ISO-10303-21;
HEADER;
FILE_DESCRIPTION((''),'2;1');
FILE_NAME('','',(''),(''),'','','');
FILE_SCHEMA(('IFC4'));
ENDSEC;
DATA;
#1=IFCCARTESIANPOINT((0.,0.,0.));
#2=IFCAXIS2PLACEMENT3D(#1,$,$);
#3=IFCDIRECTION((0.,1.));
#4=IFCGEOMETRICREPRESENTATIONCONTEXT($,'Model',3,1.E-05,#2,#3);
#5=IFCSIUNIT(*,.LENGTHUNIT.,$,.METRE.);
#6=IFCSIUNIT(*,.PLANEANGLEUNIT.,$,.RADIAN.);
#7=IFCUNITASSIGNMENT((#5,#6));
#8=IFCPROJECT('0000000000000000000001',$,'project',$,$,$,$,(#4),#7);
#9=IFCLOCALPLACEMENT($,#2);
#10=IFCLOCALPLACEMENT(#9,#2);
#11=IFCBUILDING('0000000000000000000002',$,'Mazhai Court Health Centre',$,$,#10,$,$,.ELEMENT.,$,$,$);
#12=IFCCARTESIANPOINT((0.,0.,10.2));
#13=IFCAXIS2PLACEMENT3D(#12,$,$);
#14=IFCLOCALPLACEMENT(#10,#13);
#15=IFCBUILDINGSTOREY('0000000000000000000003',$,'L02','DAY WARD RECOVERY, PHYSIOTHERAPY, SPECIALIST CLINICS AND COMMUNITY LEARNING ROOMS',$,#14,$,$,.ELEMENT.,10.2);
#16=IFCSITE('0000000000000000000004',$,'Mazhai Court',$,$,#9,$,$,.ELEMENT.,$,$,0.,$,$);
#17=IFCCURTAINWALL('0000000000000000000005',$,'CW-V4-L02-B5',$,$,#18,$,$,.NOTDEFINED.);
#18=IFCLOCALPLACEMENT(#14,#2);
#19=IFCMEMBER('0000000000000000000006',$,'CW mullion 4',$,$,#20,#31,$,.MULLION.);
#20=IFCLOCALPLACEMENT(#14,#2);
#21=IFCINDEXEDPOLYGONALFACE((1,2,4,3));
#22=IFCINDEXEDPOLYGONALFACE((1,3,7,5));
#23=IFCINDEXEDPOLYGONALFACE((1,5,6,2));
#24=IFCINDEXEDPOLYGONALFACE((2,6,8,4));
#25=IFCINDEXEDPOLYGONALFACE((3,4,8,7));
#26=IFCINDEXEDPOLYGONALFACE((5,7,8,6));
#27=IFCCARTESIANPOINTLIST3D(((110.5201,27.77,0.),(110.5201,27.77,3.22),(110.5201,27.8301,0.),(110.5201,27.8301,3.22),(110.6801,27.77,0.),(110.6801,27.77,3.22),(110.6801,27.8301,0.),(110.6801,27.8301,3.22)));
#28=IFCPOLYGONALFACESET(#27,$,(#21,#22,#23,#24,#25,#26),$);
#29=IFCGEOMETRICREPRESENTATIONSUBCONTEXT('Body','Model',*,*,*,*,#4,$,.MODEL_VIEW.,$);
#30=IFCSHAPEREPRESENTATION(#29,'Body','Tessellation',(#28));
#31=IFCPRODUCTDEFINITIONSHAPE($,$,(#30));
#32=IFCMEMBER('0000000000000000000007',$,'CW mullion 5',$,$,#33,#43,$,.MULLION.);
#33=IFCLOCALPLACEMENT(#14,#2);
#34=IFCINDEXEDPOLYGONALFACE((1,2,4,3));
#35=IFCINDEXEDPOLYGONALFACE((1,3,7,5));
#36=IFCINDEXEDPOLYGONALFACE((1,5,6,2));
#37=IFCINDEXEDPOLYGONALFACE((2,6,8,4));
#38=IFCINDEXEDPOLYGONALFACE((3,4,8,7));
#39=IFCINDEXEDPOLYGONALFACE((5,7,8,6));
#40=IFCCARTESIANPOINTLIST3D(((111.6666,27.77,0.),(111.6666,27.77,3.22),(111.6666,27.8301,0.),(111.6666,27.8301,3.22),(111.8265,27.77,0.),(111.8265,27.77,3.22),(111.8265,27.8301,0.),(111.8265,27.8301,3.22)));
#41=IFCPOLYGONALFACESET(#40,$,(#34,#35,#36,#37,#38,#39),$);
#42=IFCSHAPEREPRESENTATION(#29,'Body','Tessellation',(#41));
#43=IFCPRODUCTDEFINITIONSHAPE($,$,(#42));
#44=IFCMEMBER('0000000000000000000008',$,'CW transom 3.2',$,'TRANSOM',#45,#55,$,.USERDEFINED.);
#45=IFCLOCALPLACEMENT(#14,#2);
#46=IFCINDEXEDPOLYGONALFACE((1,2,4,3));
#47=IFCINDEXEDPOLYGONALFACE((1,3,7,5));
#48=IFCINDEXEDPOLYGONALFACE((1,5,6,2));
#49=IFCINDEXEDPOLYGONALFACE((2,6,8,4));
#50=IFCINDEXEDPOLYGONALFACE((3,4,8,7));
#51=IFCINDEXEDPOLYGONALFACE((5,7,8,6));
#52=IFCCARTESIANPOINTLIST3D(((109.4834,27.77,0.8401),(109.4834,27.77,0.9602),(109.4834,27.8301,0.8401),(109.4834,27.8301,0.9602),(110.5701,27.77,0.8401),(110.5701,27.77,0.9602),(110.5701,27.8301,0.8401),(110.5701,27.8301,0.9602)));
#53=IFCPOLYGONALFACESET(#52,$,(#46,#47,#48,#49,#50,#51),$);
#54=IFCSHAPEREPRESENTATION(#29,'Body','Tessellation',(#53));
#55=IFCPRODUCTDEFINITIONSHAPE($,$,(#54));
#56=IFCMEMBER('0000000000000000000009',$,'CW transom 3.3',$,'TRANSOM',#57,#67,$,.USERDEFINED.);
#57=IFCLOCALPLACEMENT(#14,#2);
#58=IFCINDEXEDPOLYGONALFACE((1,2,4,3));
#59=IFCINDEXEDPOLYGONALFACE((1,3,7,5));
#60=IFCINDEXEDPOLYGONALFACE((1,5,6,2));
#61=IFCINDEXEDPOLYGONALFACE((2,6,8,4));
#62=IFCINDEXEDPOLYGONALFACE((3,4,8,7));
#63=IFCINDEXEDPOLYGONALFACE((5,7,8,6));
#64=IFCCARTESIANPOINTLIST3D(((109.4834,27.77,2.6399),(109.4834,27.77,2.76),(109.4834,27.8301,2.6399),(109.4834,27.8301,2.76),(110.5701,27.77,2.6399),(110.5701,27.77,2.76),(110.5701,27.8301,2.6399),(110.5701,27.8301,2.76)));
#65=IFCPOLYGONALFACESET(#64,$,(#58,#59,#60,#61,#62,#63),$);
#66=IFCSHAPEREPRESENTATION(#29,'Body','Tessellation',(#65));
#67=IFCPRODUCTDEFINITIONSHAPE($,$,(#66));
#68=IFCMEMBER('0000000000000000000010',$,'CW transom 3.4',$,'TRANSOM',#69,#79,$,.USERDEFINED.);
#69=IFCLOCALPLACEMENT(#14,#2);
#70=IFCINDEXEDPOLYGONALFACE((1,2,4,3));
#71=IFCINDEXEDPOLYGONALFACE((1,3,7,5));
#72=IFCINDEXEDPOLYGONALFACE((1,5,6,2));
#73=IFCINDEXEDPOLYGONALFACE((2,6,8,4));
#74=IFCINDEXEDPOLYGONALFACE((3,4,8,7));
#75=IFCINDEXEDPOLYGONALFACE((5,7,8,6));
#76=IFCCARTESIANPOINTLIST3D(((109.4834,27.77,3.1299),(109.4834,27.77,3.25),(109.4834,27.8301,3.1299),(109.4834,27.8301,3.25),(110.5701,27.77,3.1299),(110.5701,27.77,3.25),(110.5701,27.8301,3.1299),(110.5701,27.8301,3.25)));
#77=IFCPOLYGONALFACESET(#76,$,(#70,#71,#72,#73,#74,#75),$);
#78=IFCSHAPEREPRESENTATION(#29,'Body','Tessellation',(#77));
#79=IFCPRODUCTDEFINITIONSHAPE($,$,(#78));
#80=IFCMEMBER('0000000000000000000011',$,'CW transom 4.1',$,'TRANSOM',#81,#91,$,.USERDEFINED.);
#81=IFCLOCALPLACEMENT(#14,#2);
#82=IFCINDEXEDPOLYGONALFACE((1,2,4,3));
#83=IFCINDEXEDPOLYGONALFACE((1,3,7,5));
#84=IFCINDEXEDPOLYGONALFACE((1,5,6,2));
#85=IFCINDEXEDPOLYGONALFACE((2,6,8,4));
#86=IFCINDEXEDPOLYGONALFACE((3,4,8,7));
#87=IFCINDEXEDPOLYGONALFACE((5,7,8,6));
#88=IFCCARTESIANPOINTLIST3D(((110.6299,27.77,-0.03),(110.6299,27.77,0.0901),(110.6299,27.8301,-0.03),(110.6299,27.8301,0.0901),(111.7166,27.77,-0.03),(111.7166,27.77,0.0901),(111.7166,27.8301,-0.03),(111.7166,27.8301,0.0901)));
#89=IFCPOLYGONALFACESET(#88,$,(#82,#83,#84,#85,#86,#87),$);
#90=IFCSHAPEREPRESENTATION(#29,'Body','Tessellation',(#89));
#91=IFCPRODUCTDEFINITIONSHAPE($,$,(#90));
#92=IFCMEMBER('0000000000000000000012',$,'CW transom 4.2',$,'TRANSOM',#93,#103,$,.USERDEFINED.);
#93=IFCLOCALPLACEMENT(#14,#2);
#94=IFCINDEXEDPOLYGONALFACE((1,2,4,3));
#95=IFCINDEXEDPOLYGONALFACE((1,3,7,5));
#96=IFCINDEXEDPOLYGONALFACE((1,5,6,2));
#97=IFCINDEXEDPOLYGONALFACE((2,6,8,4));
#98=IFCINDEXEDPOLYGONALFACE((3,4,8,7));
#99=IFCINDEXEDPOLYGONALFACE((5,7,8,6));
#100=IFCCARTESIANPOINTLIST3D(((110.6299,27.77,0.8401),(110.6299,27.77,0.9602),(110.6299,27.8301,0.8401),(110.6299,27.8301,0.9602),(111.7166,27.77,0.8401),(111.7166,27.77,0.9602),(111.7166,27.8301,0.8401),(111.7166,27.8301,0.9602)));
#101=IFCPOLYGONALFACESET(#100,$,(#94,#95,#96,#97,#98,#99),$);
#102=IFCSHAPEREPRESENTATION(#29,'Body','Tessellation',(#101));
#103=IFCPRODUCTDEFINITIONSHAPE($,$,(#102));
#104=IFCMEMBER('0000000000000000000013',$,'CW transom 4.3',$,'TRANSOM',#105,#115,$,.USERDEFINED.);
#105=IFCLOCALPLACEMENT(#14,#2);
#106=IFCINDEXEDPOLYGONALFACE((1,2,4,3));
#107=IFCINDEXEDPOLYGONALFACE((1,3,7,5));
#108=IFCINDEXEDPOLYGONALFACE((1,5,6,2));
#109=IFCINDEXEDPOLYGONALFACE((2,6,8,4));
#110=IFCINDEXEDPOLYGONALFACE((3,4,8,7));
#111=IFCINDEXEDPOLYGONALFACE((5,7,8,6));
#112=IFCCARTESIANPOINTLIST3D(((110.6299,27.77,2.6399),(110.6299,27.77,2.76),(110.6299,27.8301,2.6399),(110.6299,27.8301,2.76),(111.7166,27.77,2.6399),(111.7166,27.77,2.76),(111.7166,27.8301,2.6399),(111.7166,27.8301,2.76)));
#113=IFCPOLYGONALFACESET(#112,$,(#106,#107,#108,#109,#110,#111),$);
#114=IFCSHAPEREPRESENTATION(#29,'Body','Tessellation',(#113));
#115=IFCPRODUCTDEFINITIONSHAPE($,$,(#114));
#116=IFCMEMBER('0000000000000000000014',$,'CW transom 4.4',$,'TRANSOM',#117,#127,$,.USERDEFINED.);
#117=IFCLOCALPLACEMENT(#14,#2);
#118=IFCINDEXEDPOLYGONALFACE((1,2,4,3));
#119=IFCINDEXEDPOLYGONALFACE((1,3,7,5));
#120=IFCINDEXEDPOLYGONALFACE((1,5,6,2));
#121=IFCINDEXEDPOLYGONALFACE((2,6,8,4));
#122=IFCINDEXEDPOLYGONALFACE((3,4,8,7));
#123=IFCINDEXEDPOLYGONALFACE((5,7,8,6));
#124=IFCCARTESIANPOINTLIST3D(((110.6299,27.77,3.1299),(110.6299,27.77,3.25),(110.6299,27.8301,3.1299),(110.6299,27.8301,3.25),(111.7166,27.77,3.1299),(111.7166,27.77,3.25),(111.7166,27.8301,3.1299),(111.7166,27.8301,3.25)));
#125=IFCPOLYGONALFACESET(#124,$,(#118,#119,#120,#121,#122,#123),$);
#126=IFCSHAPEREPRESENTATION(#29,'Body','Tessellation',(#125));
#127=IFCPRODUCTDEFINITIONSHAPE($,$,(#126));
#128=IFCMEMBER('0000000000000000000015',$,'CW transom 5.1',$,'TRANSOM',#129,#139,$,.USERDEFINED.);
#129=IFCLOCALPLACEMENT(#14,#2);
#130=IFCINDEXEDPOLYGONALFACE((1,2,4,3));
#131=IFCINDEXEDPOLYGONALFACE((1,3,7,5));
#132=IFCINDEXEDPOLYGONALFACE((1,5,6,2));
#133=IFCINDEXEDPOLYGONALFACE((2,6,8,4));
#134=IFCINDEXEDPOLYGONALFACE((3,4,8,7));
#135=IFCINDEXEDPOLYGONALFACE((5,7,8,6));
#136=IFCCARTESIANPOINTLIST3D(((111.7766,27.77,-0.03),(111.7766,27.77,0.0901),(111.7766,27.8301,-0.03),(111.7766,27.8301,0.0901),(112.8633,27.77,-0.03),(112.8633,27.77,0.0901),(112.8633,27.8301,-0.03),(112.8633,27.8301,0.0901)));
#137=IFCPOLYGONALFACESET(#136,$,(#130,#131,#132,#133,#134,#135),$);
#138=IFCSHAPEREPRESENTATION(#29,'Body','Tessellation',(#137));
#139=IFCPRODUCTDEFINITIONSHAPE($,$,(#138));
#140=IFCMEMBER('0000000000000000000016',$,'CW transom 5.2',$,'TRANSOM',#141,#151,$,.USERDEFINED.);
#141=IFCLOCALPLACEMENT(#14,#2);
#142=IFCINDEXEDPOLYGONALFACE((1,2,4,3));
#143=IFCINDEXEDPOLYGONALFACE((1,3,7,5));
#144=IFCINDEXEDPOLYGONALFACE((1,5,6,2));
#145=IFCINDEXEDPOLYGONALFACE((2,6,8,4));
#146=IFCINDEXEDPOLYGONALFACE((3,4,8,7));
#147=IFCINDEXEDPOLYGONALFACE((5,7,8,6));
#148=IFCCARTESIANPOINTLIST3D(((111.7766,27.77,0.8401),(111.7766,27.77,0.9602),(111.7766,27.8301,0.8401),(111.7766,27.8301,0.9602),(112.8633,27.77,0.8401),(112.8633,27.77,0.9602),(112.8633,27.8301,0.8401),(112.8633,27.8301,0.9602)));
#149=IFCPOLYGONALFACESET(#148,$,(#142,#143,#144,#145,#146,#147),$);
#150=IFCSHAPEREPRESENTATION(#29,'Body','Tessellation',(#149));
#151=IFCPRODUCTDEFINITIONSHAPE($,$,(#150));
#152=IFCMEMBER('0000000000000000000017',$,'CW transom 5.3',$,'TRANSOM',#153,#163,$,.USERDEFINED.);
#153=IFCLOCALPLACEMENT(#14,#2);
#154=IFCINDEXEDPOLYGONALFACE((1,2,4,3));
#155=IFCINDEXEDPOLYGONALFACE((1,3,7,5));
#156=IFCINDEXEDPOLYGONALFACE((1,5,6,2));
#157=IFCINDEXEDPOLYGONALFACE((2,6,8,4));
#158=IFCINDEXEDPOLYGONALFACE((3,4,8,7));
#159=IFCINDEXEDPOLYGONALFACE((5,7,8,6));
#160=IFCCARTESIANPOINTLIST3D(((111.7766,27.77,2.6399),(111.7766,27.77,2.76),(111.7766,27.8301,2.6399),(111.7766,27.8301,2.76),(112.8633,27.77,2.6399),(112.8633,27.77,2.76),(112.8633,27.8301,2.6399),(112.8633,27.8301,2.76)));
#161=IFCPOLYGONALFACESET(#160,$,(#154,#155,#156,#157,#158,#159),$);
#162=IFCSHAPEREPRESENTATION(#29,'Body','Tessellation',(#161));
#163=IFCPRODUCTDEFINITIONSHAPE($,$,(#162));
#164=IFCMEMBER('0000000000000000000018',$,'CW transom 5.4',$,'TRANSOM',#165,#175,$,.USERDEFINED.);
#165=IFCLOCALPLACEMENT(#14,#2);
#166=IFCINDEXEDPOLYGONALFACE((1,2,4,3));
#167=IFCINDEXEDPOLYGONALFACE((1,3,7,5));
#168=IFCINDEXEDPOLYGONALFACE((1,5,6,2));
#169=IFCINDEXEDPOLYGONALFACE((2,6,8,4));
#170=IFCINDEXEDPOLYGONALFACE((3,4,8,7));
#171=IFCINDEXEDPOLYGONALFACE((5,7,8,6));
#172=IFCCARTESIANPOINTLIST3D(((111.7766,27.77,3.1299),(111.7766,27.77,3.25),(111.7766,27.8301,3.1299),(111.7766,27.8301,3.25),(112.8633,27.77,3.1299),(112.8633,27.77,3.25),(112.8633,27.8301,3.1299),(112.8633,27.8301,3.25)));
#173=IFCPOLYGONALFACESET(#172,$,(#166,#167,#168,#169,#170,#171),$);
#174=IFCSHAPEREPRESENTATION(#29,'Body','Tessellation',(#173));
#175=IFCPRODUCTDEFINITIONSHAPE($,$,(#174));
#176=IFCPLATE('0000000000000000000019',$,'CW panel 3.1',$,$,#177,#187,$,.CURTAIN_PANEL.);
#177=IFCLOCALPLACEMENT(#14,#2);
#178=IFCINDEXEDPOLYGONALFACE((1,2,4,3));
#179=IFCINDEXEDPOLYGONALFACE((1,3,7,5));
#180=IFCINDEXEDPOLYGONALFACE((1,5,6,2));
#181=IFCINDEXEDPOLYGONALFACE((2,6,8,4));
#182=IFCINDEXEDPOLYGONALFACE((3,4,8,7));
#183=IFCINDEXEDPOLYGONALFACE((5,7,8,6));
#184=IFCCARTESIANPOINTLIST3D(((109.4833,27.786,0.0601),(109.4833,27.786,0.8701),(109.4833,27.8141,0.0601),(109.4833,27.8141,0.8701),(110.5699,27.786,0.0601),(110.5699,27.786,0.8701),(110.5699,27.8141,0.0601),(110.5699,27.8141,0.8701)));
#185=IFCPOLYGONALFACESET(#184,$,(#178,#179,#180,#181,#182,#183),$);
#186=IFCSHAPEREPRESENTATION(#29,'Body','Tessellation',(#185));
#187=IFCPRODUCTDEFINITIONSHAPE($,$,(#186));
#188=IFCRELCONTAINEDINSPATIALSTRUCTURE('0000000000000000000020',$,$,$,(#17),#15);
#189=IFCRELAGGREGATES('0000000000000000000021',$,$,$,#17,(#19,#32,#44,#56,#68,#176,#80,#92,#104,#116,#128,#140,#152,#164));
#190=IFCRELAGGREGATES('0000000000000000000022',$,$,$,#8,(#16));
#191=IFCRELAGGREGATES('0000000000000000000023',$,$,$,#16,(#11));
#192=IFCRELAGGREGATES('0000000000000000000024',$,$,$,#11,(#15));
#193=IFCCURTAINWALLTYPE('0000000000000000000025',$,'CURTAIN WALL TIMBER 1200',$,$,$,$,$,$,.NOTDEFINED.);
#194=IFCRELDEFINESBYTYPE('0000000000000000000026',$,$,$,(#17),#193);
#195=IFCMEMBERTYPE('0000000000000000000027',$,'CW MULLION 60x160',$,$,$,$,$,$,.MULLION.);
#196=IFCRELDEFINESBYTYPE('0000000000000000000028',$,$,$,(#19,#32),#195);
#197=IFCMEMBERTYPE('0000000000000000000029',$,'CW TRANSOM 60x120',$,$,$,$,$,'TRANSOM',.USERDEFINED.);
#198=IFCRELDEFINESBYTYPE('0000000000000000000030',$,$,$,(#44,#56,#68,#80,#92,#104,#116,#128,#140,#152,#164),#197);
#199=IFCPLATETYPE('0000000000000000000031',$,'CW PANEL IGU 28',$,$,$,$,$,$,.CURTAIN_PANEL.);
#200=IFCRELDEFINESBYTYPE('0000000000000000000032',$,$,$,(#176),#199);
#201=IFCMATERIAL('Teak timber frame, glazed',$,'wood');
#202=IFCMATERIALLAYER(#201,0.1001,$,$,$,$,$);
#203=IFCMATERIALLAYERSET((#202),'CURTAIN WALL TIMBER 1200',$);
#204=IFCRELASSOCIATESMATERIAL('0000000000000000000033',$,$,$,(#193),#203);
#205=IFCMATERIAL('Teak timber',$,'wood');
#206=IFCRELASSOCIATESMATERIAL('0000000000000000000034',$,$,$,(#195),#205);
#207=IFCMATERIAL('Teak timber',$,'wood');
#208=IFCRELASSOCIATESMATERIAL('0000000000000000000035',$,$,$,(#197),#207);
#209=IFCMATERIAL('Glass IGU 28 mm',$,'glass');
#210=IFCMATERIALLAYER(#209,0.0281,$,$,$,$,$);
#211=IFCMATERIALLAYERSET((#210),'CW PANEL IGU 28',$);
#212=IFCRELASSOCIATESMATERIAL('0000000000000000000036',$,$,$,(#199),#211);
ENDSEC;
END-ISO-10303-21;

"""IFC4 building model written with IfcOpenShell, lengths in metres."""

from ifc_helpers import new_model, si_unit, direction, frame, origin, origin_2d, place, context, subcontext, project, spatial, rectangle, extrude, material, layer, layer_set, material_profile, profile_set, type_object, element, aggregate, save


model = new_model("IFC4")

# Units and contexts
model_context = context("Model", 3, precision=1e-05, world=origin(), true_north=direction((0.0, 1.0)))
body_context = subcontext(model_context, "Body", "Model", "MODEL_VIEW")
ifc_project = project(units=[si_unit("LENGTHUNIT", "METRE"), si_unit("PLANEANGLEUNIT", "RADIAN")], contexts=[model_context])

# Site, building, storey
site_placement = place(None, origin())
site = spatial("IfcSite", under=ifc_project, at=site_placement, Name="Mazhai Court", CompositionType="ELEMENT", RefElevation=0.0)
building_placement = place(site_placement, origin())
building = spatial("IfcBuilding", under=site, at=building_placement, Name="Mazhai Court Health Centre", CompositionType="ELEMENT")
storey_placement = place(building_placement, frame((0.0, 0.0, 10.2)))
storey = spatial("IfcBuildingStorey", under=building, at=storey_placement, Name="L02", Description="DAY WARD RECOVERY, PHYSIOTHERAPY, SPECIALIST CLINICS AND COMMUNITY LEARNING ROOMS", CompositionType="ELEMENT", Elevation=10.2)

# Curtain wall, members, plate
ifc_material_1 = material(Name="Teak timber frame, glazed", Category="wood")
ifc_layer_1 = layer(ifc_material_1, 0.1001)
ifc_layer_set_1 = layer_set([ifc_layer_1], Name="CURTAIN WALL TIMBER 1200")
curtain_wall_type = type_object("IfcCurtainWallType", Name="CURTAIN WALL TIMBER 1200", PredefinedType="NOTDEFINED", material=ifc_layer_set_1)
curtain_wall_placement = place(storey_placement, origin())
curtain_wall = element("IfcCurtainWall", 1, at=curtain_wall_placement, inside=storey, type_object=curtain_wall_type, Name="CW-V4-L02-B5", PredefinedType="NOTDEFINED")
ifc_material_2 = material(Name="Teak timber", Category="wood")
ifc_material_profile_1 = material_profile(ifc_material_2, rectangle(XDim=0.0601, YDim=0.1599, at=origin_2d()), Name="CW MULLION 60x160")
ifc_profile_set_1 = profile_set([ifc_material_profile_1], Name="Teak timber")
member_type_1 = type_object("IfcMemberType", Name="CW MULLION 60x160", PredefinedType="MULLION", material=ifc_profile_set_1)
member_1_placement = place(storey_placement, frame((110.6001, 27.8, 0.0), z_axis=(0.0, 0.0, 1.0), x_axis=(0.0, 1.0, 0.0)))
member_1 = element("IfcMember", 2, at=member_1_placement, type_object=member_type_1, Name="CW mullion 4", PredefinedType="MULLION", context=body_context, shape_type="SweptSolid", body=[
    extrude(rectangle(XDim=0.0601, YDim=0.1599, at=origin_2d()), origin(), (0.0, 0.0, 1.0), 3.22),
])
member_2_placement = place(storey_placement, frame((111.7466, 27.8, 0.0), z_axis=(0.0, 0.0, 1.0), x_axis=(0.0, 1.0, 0.0)))
member_2 = element("IfcMember", 3, at=member_2_placement, type_object=member_type_1, Name="CW mullion 5", PredefinedType="MULLION", context=body_context, shape_type="SweptSolid", body=[
    extrude(rectangle(XDim=0.0601, YDim=0.1599, at=origin_2d()), origin(), (0.0, 0.0, 1.0), 3.22),
])
ifc_material_3 = material(Name="Teak timber", Category="wood")
ifc_material_profile_2 = material_profile(ifc_material_3, rectangle(XDim=0.0601, YDim=0.1201, at=origin_2d()), Name="CW TRANSOM 60x120")
ifc_profile_set_2 = profile_set([ifc_material_profile_2], Name="Teak timber")
member_type_2 = type_object("IfcMemberType", Name="CW TRANSOM 60x120", ElementType="TRANSOM", PredefinedType="USERDEFINED", material=ifc_profile_set_2)
member_3_placement = place(storey_placement, frame((109.4834, 27.8, 0.9001), z_axis=(1.0, 0.0, 0.0), x_axis=(0.0, 1.0, 0.0)))
member_3 = element("IfcMember", 4, at=member_3_placement, type_object=member_type_2, Name="CW transom 3.2", ObjectType="TRANSOM", PredefinedType="USERDEFINED", context=body_context, shape_type="SweptSolid", body=[
    extrude(rectangle(XDim=0.0601, YDim=0.1201, at=origin_2d()), origin(), (0.0, 0.0, 1.0), 1.0867),
])
member_4_placement = place(storey_placement, frame((109.4834, 27.8, 2.7), z_axis=(1.0, 0.0, 0.0), x_axis=(0.0, 1.0, 0.0)))
member_4 = element("IfcMember", 5, at=member_4_placement, type_object=member_type_2, Name="CW transom 3.3", ObjectType="TRANSOM", PredefinedType="USERDEFINED", context=body_context, shape_type="SweptSolid", body=[
    extrude(rectangle(XDim=0.0601, YDim=0.1201, at=origin_2d()), origin(), (0.0, 0.0, 1.0), 1.0867),
])
member_5_placement = place(storey_placement, frame((109.4834, 27.8, 3.1899), z_axis=(1.0, 0.0, 0.0), x_axis=(0.0, 1.0, 0.0)))
member_5 = element("IfcMember", 6, at=member_5_placement, type_object=member_type_2, Name="CW transom 3.4", ObjectType="TRANSOM", PredefinedType="USERDEFINED", context=body_context, shape_type="SweptSolid", body=[
    extrude(rectangle(XDim=0.0601, YDim=0.1201, at=origin_2d()), origin(), (0.0, 0.0, 1.0), 1.0867),
])
member_6_placement = place(storey_placement, frame((110.6299, 27.8, 0.03), z_axis=(1.0, 0.0, 0.0), x_axis=(0.0, 1.0, 0.0)))
member_6 = element("IfcMember", 7, at=member_6_placement, type_object=member_type_2, Name="CW transom 4.1", ObjectType="TRANSOM", PredefinedType="USERDEFINED", context=body_context, shape_type="SweptSolid", body=[
    extrude(rectangle(XDim=0.0601, YDim=0.1201, at=origin_2d()), origin(), (0.0, 0.0, 1.0), 1.0867),
])
member_7_placement = place(storey_placement, frame((110.6299, 27.8, 0.9001), z_axis=(1.0, 0.0, 0.0), x_axis=(0.0, 1.0, 0.0)))
member_7 = element("IfcMember", 8, at=member_7_placement, type_object=member_type_2, Name="CW transom 4.2", ObjectType="TRANSOM", PredefinedType="USERDEFINED", context=body_context, shape_type="SweptSolid", body=[
    extrude(rectangle(XDim=0.0601, YDim=0.1201, at=origin_2d()), origin(), (0.0, 0.0, 1.0), 1.0867),
])
member_8_placement = place(storey_placement, frame((110.6299, 27.8, 2.7), z_axis=(1.0, 0.0, 0.0), x_axis=(0.0, 1.0, 0.0)))
member_8 = element("IfcMember", 9, at=member_8_placement, type_object=member_type_2, Name="CW transom 4.3", ObjectType="TRANSOM", PredefinedType="USERDEFINED", context=body_context, shape_type="SweptSolid", body=[
    extrude(rectangle(XDim=0.0601, YDim=0.1201, at=origin_2d()), origin(), (0.0, 0.0, 1.0), 1.0867),
])
member_9_placement = place(storey_placement, frame((110.6299, 27.8, 3.1899), z_axis=(1.0, 0.0, 0.0), x_axis=(0.0, 1.0, 0.0)))
member_9 = element("IfcMember", 10, at=member_9_placement, type_object=member_type_2, Name="CW transom 4.4", ObjectType="TRANSOM", PredefinedType="USERDEFINED", context=body_context, shape_type="SweptSolid", body=[
    extrude(rectangle(XDim=0.0601, YDim=0.1201, at=origin_2d()), origin(), (0.0, 0.0, 1.0), 1.0867),
])
member_10_placement = place(storey_placement, frame((111.7766, 27.8, 0.03), z_axis=(1.0, 0.0, 0.0), x_axis=(0.0, 1.0, 0.0)))
member_10 = element("IfcMember", 11, at=member_10_placement, type_object=member_type_2, Name="CW transom 5.1", ObjectType="TRANSOM", PredefinedType="USERDEFINED", context=body_context, shape_type="SweptSolid", body=[
    extrude(rectangle(XDim=0.0601, YDim=0.1201, at=origin_2d()), origin(), (0.0, 0.0, 1.0), 1.0867),
])
member_11_placement = place(storey_placement, frame((111.7766, 27.8, 0.9001), z_axis=(1.0, 0.0, 0.0), x_axis=(0.0, 1.0, 0.0)))
member_11 = element("IfcMember", 12, at=member_11_placement, type_object=member_type_2, Name="CW transom 5.2", ObjectType="TRANSOM", PredefinedType="USERDEFINED", context=body_context, shape_type="SweptSolid", body=[
    extrude(rectangle(XDim=0.0601, YDim=0.1201, at=origin_2d()), origin(), (0.0, 0.0, 1.0), 1.0867),
])
member_12_placement = place(storey_placement, frame((111.7766, 27.8, 2.7), z_axis=(1.0, 0.0, 0.0), x_axis=(0.0, 1.0, 0.0)))
member_12 = element("IfcMember", 13, at=member_12_placement, type_object=member_type_2, Name="CW transom 5.3", ObjectType="TRANSOM", PredefinedType="USERDEFINED", context=body_context, shape_type="SweptSolid", body=[
    extrude(rectangle(XDim=0.0601, YDim=0.1201, at=origin_2d()), origin(), (0.0, 0.0, 1.0), 1.0867),
])
member_13_placement = place(storey_placement, frame((111.7766, 27.8, 3.1899), z_axis=(1.0, 0.0, 0.0), x_axis=(0.0, 1.0, 0.0)))
member_13 = element("IfcMember", 14, at=member_13_placement, type_object=member_type_2, Name="CW transom 5.4", ObjectType="TRANSOM", PredefinedType="USERDEFINED", context=body_context, shape_type="SweptSolid", body=[
    extrude(rectangle(XDim=0.0601, YDim=0.1201, at=origin_2d()), origin(), (0.0, 0.0, 1.0), 1.0867),
])
ifc_material_4 = material(Name="Glass IGU 28 mm", Category="glass")
ifc_layer_2 = layer(ifc_material_4, 0.0281)
ifc_layer_set_2 = layer_set([ifc_layer_2], Name="CW PANEL IGU 28")
plate_type = type_object("IfcPlateType", Name="CW PANEL IGU 28", PredefinedType="CURTAIN_PANEL", material=ifc_layer_set_2)
plate_1_placement = place(storey_placement, frame((110.0266, 27.8, 0.0601), z_axis=(0.0, 0.0, 1.0), x_axis=(1.0, 0.0, 0.0)))
plate_1 = element("IfcPlate", 15, at=plate_1_placement, type_object=plate_type, Name="CW panel 3.1", PredefinedType="CURTAIN_PANEL", context=body_context, shape_type="SweptSolid", body=[
    extrude(rectangle(XDim=1.0867, YDim=0.0281, at=origin_2d()), origin(), (0.0, 0.0, 1.0), 0.8101),
])
aggregate(curtain_wall, [member_1, member_2, member_3, member_4, member_5, plate_1, member_6, member_7, member_8, member_9, member_10, member_11, member_12, member_13])

save(model, "model.ifc")
